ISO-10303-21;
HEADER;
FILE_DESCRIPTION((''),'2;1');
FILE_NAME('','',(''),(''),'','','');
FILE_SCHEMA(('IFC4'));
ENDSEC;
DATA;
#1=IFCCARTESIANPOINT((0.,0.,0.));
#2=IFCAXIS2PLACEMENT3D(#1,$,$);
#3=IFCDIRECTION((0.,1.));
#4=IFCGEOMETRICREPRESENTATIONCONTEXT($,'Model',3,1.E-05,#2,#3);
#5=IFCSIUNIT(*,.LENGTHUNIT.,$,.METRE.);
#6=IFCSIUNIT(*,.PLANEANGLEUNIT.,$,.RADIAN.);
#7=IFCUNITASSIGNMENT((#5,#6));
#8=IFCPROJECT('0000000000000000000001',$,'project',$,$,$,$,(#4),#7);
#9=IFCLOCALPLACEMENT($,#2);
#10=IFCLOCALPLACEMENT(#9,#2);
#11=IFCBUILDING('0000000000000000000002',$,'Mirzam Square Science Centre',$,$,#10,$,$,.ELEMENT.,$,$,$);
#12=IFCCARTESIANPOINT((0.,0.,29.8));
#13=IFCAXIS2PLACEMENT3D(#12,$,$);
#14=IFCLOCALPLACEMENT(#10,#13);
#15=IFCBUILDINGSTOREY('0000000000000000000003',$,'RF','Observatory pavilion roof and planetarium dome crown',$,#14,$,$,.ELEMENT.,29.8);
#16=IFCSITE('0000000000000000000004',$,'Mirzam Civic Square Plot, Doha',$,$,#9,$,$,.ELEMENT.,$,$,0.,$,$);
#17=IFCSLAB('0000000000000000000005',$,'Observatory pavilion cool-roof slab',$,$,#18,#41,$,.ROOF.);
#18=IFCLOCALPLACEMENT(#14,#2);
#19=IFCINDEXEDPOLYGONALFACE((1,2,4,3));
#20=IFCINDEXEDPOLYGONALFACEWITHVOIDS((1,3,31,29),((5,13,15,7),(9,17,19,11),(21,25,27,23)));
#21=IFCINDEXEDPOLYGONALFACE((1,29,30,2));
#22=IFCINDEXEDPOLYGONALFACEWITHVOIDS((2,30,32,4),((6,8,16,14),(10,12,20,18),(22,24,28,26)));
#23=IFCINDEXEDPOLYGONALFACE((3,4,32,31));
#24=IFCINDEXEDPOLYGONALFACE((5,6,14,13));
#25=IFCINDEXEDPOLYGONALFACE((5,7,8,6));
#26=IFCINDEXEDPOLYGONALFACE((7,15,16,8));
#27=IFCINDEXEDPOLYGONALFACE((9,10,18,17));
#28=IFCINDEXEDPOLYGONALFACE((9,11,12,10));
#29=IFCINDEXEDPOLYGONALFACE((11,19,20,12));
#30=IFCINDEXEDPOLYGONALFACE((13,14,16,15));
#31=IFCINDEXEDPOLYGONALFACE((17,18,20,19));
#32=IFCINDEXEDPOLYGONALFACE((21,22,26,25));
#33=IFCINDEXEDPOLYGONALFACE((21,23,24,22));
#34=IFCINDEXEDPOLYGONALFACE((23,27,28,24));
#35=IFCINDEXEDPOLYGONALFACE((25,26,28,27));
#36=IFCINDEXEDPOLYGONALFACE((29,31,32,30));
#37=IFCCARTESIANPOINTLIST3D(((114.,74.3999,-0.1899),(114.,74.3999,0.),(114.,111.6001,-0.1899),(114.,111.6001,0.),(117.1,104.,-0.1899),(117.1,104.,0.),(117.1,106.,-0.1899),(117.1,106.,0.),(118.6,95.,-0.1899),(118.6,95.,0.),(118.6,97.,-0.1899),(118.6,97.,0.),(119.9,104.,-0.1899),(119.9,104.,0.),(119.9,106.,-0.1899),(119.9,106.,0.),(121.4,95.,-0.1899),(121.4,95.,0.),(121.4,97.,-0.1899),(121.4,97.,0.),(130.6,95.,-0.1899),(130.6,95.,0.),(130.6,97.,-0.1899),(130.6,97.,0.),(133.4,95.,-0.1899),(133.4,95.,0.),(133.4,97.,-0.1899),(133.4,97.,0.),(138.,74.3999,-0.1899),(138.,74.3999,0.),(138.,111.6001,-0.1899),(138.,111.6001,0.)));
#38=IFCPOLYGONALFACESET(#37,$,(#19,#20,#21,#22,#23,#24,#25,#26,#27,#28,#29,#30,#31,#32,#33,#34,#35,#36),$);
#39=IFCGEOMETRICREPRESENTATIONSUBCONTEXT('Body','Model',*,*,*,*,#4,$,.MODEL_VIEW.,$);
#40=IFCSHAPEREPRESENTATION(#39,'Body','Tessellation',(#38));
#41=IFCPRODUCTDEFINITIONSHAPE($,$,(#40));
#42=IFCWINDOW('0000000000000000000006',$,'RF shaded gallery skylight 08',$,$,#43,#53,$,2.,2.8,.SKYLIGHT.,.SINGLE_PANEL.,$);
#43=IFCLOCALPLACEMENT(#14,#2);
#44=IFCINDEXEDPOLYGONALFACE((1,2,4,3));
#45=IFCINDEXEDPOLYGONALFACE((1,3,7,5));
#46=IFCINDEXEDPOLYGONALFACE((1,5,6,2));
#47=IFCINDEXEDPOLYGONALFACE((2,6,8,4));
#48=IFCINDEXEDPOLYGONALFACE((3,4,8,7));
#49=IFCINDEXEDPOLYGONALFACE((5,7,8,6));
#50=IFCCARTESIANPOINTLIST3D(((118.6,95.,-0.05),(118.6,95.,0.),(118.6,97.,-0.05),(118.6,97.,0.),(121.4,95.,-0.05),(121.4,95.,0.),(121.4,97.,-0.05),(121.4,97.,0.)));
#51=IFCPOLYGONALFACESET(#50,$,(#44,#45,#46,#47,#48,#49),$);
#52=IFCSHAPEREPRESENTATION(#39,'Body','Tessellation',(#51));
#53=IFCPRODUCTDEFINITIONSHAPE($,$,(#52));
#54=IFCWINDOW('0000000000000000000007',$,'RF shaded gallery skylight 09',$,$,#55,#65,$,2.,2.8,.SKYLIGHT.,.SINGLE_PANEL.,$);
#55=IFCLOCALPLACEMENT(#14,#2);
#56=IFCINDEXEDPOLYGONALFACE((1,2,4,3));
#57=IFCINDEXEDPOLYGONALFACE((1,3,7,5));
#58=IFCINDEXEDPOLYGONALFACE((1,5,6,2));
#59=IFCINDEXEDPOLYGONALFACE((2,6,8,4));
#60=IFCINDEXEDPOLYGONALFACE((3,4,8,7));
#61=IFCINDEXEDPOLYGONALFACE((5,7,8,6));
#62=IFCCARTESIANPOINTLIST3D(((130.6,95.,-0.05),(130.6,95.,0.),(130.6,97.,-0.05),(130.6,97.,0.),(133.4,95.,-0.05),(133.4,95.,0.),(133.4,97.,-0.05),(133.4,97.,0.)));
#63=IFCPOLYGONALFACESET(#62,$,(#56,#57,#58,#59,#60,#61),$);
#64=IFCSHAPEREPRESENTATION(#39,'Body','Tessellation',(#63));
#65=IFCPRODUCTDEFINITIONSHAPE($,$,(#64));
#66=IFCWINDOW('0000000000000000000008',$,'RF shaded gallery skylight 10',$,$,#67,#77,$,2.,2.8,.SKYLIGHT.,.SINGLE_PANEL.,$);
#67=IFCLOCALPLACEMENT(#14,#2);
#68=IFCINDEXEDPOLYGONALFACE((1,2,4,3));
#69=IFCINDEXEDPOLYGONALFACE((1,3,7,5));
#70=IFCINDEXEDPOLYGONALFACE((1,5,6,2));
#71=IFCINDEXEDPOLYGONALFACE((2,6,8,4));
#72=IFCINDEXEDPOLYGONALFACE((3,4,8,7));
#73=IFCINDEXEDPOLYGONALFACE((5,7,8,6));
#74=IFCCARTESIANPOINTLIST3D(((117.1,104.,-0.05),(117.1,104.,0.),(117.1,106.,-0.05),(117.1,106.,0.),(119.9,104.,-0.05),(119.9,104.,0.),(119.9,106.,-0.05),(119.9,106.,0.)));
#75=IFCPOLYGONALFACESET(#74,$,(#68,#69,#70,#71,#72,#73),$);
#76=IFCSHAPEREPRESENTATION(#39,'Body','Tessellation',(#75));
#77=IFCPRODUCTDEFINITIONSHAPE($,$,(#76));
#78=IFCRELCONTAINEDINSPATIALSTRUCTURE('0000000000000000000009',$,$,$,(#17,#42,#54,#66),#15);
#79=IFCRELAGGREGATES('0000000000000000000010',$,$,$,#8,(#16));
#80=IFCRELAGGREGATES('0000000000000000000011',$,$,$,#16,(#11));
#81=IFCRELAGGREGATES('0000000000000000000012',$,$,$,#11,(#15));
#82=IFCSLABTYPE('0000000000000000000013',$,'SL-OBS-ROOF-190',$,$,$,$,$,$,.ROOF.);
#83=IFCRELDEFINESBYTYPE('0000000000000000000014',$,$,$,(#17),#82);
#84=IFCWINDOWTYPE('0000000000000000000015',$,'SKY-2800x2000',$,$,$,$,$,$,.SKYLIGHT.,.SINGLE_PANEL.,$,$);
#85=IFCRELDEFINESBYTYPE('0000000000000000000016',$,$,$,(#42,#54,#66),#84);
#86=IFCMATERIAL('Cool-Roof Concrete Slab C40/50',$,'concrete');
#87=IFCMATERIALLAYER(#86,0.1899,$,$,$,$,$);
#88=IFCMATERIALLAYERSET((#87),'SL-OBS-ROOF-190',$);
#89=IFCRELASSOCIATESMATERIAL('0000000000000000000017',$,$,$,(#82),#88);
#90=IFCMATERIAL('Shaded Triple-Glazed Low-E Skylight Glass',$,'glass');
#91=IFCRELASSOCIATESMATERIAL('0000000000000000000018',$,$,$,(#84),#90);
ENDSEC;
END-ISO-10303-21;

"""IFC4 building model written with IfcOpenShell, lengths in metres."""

from ifc_helpers import new_model, si_unit, direction, frame, origin, origin_2d, place, context, subcontext, project, spatial, polyline, rectangle, outline, extrude, material, layer, layer_set, type_object, element, fill, save


model = new_model("IFC4")

# Units and contexts
model_context = context("Model", 3, precision=1e-05, world=origin(), true_north=direction((0.0, 1.0)))
body_context = subcontext(model_context, "Body", "Model", "MODEL_VIEW")
ifc_project = project(units=[si_unit("LENGTHUNIT", "METRE"), si_unit("PLANEANGLEUNIT", "RADIAN")], contexts=[model_context])

# Site, building, storey
site_placement = place(None, origin())
site = spatial("IfcSite", under=ifc_project, at=site_placement, Name="Mirzam Civic Square Plot, Doha", CompositionType="ELEMENT", RefElevation=0.0)
building_placement = place(site_placement, origin())
building = spatial("IfcBuilding", under=site, at=building_placement, Name="Mirzam Square Science Centre", CompositionType="ELEMENT")
storey_placement = place(building_placement, frame((0.0, 0.0, 29.8)))
storey = spatial("IfcBuildingStorey", under=building, at=storey_placement, Name="RF", Description="Observatory pavilion roof and planetarium dome crown", CompositionType="ELEMENT", Elevation=29.8)

# Slab, openings, windows
ifc_material_1 = material(Name="Cool-Roof Concrete Slab C40/50", Category="concrete")
ifc_layer = layer(ifc_material_1, 0.1899)
ifc_layer_set = layer_set([ifc_layer], Name="SL-OBS-ROOF-190")
slab_type = type_object("IfcSlabType", Name="SL-OBS-ROOF-190", PredefinedType="ROOF", material=ifc_layer_set)
slab_placement = place(storey_placement, frame((0.0, 0.0, -0.1899)))
slab = element("IfcSlab", 1, at=slab_placement, inside=storey, type_object=slab_type, Name="Observatory pavilion cool-roof slab", PredefinedType="ROOF", context=body_context, shape_type="SweptSolid", body=[
    extrude(outline(polyline([(114.0, 74.3999), (138.0, 74.3999), (138.0, 111.6001), (114.0, 111.6001), (114.0, 74.3999)])), origin(), (0.0, 0.0, 1.0), 0.1899),
])
opening_1_placement = place(slab_placement, frame((120.0, 96.0, -0.01)))
opening_1 = element("IfcOpeningElement", 2, at=opening_1_placement, cuts=slab, PredefinedType="OPENING", context=body_context, shape_type="SweptSolid", body=[
    extrude(rectangle(XDim=2.8, YDim=2.0, at=origin_2d()), origin(), (0.0, 0.0, 1.0), 0.21),
])
opening_2_placement = place(slab_placement, frame((132.0, 96.0, -0.01)))
opening_2 = element("IfcOpeningElement", 3, at=opening_2_placement, cuts=slab, PredefinedType="OPENING", context=body_context, shape_type="SweptSolid", body=[
    extrude(rectangle(XDim=2.8, YDim=2.0, at=origin_2d()), origin(), (0.0, 0.0, 1.0), 0.21),
])
opening_3_placement = place(slab_placement, frame((118.5, 105.0, -0.01)))
opening_3 = element("IfcOpeningElement", 4, at=opening_3_placement, cuts=slab, PredefinedType="OPENING", context=body_context, shape_type="SweptSolid", body=[
    extrude(rectangle(XDim=2.8, YDim=2.0, at=origin_2d()), origin(), (0.0, 0.0, 1.0), 0.21),
])
ifc_material_2 = material(Name="Shaded Triple-Glazed Low-E Skylight Glass", Category="glass")
window_type = type_object("IfcWindowType", Name="SKY-2800x2000", PartitioningType="SINGLE_PANEL", PredefinedType="SKYLIGHT", material=ifc_material_2)
window_1_placement = place(slab_placement, frame((120.0, 96.0, 0.1399)))
window_1 = element("IfcWindow", 5, at=window_1_placement, inside=storey, type_object=window_type, Name="RF shaded gallery skylight 08", OverallHeight=2.0, OverallWidth=2.8, PartitioningType="SINGLE_PANEL", PredefinedType="SKYLIGHT", context=body_context, shape_type="SweptSolid", body=[
    extrude(rectangle(XDim=2.8, YDim=2.0, at=origin_2d()), origin(), (0.0, 0.0, 1.0), 0.05),
])
fill(opening_1, window_1)
window_2_placement = place(slab_placement, frame((132.0, 96.0, 0.1399)))
window_2 = element("IfcWindow", 6, at=window_2_placement, inside=storey, type_object=window_type, Name="RF shaded gallery skylight 09", OverallHeight=2.0, OverallWidth=2.8, PartitioningType="SINGLE_PANEL", PredefinedType="SKYLIGHT", context=body_context, shape_type="SweptSolid", body=[
    extrude(rectangle(XDim=2.8, YDim=2.0, at=origin_2d()), origin(), (0.0, 0.0, 1.0), 0.05),
])
fill(opening_2, window_2)
window_3_placement = place(slab_placement, frame((118.5, 105.0, 0.1399)))
window_3 = element("IfcWindow", 7, at=window_3_placement, inside=storey, type_object=window_type, Name="RF shaded gallery skylight 10", OverallHeight=2.0, OverallWidth=2.8, PartitioningType="SINGLE_PANEL", PredefinedType="SKYLIGHT", context=body_context, shape_type="SweptSolid", body=[
    extrude(rectangle(XDim=2.8, YDim=2.0, at=origin_2d()), origin(), (0.0, 0.0, 1.0), 0.05),
])
fill(opening_3, window_3)

save(model, "model.ifc")
